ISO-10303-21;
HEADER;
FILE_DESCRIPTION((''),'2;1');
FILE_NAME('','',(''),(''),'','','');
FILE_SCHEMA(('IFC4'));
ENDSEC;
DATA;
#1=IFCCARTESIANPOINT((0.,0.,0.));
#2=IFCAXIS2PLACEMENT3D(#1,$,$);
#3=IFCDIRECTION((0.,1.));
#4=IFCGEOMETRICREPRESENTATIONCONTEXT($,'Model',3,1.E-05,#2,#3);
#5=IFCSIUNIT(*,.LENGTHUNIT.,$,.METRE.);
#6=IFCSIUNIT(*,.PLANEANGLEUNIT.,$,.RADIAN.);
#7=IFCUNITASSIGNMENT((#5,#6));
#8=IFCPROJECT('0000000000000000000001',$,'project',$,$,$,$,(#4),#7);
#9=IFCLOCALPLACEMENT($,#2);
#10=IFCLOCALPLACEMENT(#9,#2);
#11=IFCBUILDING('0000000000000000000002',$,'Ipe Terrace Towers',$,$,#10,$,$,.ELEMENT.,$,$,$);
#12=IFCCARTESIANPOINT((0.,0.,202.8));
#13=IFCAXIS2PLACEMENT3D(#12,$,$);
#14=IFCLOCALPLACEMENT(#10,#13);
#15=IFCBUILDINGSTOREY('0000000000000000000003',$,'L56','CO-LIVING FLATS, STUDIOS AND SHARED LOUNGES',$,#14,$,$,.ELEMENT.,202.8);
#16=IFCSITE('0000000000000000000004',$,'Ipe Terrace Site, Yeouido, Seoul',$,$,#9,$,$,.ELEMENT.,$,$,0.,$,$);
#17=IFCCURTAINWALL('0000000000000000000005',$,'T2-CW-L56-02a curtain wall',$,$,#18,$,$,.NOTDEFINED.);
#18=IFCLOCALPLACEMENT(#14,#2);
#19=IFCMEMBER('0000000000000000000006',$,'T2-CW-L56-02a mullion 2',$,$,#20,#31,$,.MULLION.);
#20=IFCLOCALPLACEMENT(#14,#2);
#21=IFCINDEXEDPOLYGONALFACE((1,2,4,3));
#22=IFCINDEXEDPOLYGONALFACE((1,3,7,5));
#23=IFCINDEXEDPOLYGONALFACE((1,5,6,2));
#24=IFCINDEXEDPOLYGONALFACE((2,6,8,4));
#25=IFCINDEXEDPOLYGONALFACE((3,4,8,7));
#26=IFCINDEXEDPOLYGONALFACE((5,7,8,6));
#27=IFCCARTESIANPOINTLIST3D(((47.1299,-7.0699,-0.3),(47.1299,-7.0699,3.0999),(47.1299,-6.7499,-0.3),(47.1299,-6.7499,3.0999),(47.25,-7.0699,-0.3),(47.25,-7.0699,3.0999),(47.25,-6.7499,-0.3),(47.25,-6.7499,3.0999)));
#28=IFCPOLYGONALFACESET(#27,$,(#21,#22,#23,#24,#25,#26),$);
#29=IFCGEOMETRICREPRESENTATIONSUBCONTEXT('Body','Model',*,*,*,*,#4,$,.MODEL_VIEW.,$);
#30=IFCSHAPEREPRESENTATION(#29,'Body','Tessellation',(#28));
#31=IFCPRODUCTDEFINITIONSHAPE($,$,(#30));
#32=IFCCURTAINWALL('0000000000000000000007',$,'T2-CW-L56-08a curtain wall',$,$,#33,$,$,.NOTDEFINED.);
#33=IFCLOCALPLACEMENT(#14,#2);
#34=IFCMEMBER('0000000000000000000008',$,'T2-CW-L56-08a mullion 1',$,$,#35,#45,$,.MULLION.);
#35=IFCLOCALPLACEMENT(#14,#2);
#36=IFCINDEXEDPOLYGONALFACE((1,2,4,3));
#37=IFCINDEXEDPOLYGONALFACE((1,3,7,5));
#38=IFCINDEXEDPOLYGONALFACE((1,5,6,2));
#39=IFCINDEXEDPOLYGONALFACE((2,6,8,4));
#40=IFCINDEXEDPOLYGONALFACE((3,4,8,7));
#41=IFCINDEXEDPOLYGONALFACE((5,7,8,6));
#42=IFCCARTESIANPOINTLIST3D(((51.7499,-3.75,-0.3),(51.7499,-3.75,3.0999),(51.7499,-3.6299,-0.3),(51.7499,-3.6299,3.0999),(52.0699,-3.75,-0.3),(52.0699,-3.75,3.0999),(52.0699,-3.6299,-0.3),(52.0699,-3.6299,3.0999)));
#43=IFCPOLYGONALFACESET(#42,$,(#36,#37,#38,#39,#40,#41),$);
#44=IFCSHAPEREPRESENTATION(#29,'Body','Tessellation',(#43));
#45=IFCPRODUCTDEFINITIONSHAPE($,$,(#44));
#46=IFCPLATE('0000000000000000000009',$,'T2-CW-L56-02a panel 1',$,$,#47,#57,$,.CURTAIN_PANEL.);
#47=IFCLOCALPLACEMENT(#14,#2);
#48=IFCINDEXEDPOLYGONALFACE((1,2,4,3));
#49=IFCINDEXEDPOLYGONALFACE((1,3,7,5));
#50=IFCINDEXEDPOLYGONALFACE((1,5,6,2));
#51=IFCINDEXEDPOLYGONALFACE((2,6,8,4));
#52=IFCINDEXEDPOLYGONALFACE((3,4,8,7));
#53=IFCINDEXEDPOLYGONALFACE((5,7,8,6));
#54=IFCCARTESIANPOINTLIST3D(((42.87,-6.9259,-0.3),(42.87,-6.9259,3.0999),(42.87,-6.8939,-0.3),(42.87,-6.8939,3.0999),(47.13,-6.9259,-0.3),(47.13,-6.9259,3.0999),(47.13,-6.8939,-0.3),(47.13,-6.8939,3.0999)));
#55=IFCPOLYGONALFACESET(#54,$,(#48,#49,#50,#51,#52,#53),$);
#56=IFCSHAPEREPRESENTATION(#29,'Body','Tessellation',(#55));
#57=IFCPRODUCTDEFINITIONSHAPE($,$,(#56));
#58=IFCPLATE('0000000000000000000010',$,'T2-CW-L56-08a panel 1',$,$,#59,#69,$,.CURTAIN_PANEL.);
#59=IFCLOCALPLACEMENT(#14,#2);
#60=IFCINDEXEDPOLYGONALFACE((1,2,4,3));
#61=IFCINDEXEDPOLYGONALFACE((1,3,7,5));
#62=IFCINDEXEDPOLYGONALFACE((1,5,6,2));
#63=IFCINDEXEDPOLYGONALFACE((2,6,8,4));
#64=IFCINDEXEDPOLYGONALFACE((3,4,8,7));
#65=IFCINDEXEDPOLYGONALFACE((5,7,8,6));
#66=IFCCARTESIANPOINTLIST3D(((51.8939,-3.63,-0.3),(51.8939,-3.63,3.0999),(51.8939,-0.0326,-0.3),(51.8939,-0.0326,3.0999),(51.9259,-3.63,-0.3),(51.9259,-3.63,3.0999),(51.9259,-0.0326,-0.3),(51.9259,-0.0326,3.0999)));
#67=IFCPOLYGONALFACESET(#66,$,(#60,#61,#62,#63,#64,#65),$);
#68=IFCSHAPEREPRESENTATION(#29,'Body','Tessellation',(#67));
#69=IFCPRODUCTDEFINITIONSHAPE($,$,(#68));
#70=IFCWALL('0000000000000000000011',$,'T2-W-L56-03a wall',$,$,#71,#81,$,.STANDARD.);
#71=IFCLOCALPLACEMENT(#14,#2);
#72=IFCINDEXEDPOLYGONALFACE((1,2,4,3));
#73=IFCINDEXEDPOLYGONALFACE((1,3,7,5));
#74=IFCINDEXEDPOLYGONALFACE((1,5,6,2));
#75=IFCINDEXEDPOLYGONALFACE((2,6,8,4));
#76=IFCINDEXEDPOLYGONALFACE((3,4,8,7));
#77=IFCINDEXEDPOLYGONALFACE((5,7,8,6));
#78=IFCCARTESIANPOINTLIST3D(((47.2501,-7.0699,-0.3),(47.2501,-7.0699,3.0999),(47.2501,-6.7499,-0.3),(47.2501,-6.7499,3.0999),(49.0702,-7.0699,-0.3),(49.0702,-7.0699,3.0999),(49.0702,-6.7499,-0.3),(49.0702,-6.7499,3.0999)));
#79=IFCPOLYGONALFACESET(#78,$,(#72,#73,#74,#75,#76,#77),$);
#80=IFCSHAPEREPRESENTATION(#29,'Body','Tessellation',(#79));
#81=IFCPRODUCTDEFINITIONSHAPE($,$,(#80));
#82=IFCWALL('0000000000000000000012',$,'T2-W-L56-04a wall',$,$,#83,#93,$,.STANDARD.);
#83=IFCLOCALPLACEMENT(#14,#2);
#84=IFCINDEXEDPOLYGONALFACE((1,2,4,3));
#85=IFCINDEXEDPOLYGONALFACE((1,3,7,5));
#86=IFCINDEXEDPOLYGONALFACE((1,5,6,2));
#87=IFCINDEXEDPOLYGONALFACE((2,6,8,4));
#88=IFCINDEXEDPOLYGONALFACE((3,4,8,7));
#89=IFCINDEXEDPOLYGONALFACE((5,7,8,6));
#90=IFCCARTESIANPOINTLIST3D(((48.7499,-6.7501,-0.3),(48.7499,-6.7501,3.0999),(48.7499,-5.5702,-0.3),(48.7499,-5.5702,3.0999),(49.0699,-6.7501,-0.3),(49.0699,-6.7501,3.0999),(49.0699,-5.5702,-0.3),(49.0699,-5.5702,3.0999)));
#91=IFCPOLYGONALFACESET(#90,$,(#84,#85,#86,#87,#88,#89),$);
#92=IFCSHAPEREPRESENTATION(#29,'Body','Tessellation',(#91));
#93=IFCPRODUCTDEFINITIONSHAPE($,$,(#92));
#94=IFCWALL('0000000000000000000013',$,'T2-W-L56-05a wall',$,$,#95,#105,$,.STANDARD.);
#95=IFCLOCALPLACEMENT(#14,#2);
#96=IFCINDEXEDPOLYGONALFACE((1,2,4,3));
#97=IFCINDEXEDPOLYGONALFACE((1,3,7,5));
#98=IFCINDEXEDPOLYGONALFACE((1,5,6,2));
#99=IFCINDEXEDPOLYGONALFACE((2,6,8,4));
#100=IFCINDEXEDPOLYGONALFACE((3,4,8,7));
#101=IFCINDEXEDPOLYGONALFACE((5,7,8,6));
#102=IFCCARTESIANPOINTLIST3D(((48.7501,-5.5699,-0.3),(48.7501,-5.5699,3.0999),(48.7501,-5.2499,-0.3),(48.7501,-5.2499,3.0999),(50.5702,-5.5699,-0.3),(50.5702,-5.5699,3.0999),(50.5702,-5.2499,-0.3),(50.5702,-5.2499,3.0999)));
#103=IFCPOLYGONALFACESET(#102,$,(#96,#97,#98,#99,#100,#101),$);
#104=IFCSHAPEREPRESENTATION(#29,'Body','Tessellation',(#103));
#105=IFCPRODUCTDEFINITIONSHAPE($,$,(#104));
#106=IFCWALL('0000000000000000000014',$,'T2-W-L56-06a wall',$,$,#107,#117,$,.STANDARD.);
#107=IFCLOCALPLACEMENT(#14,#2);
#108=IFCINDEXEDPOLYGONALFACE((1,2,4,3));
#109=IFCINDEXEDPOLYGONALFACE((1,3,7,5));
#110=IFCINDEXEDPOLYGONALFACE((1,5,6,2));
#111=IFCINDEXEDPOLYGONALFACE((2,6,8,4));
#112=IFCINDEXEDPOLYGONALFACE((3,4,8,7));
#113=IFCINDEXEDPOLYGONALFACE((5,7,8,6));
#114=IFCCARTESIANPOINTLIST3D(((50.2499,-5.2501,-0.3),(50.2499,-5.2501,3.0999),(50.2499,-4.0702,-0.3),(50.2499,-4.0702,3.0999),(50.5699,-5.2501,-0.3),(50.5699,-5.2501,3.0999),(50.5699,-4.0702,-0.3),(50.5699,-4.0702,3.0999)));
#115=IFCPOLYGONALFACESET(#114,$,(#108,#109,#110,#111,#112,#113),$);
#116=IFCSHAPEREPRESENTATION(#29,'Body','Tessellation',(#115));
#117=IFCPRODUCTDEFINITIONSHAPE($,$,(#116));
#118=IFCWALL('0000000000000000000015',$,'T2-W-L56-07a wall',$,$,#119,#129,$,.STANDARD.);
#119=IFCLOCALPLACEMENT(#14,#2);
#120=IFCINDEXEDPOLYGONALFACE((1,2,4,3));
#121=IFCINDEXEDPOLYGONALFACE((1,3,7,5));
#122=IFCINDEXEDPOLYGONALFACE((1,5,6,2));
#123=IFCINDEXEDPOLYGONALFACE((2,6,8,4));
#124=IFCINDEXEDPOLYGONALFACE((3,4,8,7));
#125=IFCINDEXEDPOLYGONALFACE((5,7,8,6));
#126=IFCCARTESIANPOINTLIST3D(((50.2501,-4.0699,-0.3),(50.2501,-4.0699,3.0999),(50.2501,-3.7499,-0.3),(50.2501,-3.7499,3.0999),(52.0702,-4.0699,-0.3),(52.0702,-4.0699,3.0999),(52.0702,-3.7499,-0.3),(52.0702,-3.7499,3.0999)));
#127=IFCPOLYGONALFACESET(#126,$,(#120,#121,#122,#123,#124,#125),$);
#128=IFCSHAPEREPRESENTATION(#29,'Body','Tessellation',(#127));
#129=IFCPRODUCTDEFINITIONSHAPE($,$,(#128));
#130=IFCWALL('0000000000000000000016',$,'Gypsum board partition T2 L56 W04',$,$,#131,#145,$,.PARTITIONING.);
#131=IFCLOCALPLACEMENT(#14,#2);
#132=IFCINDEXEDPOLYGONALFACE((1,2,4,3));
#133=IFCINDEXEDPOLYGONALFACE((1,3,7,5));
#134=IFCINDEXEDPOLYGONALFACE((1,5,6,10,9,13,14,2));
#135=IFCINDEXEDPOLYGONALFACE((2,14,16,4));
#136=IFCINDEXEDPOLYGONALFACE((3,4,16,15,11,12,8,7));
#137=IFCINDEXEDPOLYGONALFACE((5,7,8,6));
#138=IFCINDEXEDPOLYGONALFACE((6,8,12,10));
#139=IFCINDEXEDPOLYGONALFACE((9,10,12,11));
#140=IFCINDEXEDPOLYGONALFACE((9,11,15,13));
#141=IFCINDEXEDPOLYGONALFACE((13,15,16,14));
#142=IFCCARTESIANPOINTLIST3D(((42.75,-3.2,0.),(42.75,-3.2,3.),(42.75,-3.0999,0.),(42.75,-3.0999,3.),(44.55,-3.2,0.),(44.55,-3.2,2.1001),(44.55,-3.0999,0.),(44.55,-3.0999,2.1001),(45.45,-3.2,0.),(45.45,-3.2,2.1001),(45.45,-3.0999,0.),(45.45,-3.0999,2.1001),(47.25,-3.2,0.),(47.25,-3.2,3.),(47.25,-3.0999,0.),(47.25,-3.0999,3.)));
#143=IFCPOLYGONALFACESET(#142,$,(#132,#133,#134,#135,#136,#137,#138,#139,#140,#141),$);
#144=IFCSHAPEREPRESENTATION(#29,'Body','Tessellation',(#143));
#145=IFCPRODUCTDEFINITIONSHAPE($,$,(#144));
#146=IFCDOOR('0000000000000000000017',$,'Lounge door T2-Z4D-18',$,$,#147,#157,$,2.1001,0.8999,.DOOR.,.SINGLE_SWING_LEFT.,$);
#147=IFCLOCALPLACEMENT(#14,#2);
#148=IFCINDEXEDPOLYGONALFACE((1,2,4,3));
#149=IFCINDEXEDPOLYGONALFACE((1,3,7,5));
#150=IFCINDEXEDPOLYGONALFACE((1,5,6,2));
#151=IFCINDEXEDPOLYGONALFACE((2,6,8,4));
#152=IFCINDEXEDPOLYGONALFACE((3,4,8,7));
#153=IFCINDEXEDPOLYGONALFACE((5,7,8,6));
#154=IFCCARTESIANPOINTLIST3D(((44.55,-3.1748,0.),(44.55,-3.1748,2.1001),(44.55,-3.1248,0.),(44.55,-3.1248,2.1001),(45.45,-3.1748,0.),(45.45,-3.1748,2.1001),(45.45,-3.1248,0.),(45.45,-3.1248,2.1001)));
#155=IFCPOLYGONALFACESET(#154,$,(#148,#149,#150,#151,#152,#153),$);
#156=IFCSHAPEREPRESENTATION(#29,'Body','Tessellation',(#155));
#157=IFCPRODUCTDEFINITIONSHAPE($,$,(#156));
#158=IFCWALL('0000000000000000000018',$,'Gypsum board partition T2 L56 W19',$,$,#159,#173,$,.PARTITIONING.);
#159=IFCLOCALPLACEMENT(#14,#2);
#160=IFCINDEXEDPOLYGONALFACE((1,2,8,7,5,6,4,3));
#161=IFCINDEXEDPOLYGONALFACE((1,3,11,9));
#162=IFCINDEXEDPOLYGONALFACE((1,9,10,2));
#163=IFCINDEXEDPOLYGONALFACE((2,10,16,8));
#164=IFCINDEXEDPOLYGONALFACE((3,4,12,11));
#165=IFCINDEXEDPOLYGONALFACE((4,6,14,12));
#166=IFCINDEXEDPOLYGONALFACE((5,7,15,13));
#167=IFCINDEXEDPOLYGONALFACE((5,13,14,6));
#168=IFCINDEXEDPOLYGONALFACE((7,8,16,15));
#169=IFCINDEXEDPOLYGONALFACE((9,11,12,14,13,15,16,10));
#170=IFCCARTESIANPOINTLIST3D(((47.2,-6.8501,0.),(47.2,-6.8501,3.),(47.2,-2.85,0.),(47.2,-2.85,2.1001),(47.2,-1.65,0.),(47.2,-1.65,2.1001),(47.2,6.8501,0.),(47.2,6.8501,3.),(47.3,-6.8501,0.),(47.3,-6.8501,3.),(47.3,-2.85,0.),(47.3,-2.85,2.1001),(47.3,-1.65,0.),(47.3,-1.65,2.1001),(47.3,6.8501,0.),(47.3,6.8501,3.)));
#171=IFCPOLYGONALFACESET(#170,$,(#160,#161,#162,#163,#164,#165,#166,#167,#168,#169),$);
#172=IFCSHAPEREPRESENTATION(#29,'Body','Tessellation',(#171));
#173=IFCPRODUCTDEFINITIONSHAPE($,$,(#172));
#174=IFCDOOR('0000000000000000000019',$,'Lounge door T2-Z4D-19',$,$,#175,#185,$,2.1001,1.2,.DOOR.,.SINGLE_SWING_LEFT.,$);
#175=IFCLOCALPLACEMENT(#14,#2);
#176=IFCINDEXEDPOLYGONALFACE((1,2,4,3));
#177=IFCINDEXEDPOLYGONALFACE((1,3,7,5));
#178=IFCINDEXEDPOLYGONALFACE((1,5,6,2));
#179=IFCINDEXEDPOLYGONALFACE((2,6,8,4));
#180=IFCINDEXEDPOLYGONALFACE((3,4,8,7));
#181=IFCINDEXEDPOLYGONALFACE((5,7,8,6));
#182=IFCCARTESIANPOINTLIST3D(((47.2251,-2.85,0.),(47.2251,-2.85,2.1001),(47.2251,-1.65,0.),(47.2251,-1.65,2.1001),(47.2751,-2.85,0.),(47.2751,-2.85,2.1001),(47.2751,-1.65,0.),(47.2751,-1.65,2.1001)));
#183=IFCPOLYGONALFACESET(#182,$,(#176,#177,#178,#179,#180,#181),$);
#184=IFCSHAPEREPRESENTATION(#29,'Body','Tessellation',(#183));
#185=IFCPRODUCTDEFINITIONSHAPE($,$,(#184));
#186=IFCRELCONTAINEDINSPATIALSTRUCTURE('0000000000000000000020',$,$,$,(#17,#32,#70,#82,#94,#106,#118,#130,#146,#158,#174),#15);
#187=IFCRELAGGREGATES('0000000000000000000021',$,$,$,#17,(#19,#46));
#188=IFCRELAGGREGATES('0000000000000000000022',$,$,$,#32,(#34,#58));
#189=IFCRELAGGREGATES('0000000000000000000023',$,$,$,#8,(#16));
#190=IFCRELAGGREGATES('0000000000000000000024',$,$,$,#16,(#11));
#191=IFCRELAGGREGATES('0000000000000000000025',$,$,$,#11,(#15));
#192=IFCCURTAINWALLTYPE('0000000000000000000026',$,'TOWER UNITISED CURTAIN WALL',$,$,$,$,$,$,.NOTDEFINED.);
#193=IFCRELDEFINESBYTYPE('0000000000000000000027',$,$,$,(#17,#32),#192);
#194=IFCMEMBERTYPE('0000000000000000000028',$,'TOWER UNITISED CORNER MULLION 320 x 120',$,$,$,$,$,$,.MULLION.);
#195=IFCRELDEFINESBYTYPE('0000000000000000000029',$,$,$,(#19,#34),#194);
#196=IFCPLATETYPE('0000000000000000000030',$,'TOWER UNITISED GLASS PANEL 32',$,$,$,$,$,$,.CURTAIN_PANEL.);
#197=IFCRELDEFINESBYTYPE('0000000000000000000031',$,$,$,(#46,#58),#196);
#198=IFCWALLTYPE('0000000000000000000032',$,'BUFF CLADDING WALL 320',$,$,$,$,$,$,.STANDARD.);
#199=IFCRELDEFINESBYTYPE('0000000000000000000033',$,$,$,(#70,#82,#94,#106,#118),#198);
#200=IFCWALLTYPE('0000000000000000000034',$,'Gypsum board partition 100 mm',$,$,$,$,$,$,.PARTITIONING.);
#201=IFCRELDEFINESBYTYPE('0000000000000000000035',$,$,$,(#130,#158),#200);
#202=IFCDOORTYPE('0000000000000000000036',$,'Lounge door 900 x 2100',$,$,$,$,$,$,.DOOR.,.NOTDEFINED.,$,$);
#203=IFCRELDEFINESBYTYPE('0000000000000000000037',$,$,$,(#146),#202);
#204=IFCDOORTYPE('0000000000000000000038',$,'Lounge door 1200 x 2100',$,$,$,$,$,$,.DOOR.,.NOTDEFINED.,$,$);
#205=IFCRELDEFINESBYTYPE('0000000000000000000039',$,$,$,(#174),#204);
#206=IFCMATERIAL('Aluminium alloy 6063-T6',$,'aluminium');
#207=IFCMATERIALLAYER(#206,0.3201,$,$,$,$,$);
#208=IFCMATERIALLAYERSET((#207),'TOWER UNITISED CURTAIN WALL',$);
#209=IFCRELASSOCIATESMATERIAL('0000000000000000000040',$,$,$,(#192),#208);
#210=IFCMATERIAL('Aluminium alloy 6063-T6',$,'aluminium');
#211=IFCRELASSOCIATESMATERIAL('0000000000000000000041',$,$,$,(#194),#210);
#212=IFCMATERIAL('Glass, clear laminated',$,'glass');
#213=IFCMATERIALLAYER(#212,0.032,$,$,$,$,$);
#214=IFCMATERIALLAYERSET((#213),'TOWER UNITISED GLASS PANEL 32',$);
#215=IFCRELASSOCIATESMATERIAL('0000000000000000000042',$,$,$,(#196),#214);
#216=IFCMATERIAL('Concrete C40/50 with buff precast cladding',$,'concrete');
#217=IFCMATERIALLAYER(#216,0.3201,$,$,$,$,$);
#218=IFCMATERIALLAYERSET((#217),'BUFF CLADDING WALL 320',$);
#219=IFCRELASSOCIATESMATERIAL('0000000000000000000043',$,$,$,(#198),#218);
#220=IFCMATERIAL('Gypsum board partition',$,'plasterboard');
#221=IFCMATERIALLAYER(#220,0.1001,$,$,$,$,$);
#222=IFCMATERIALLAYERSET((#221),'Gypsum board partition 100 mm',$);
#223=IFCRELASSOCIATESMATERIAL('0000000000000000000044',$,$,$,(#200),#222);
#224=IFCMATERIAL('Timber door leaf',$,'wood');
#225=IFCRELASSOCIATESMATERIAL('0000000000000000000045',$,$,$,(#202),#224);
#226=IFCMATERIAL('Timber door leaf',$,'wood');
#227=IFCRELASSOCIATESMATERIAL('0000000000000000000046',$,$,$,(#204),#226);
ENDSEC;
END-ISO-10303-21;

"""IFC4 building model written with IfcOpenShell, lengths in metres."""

from ifc_helpers import new_model, si_unit, direction, frame, frame_2d, origin, origin_2d, place, context, subcontext, project, spatial, rectangle, extrude, material, layer, layer_set, material_profile, profile_set, type_object, element, fill, aggregate, save


model = new_model("IFC4")

# Units and contexts
model_context = context("Model", 3, precision=1e-05, world=origin(), true_north=direction((0.0, 1.0)))
body_context = subcontext(model_context, "Body", "Model", "MODEL_VIEW")
ifc_project = project(units=[si_unit("LENGTHUNIT", "METRE"), si_unit("PLANEANGLEUNIT", "RADIAN")], contexts=[model_context])

# Site, building, storey
site_placement = place(None, origin())
site = spatial("IfcSite", under=ifc_project, at=site_placement, Name="Ipe Terrace Site, Yeouido, Seoul", CompositionType="ELEMENT", RefElevation=0.0)
building_placement = place(site_placement, origin())
building = spatial("IfcBuilding", under=site, at=building_placement, Name="Ipe Terrace Towers", CompositionType="ELEMENT")
storey_placement = place(building_placement, frame((0.0, 0.0, 202.8)))
storey = spatial("IfcBuildingStorey", under=building, at=storey_placement, Name="L56", Description="CO-LIVING FLATS, STUDIOS AND SHARED LOUNGES", CompositionType="ELEMENT", Elevation=202.8)

# Curtain wall, member
ifc_material_1 = material(Name="Aluminium alloy 6063-T6", Category="aluminium")
ifc_layer_1 = layer(ifc_material_1, 0.3201)
ifc_layer_set_1 = layer_set([ifc_layer_1], Name="TOWER UNITISED CURTAIN WALL")
curtain_wall_type = type_object("IfcCurtainWallType", Name="TOWER UNITISED CURTAIN WALL", PredefinedType="NOTDEFINED", material=ifc_layer_set_1)
curtain_wall_1_placement = place(storey_placement, origin())
curtain_wall_1 = element("IfcCurtainWall", 1, at=curtain_wall_1_placement, inside=storey, type_object=curtain_wall_type, Name="T2-CW-L56-02a curtain wall", PredefinedType="NOTDEFINED")
ifc_material_2 = material(Name="Aluminium alloy 6063-T6", Category="aluminium")
ifc_material_profile_1 = material_profile(ifc_material_2, rectangle(XDim=0.3201, YDim=0.1201, at=origin_2d()), Name="TOWER UNITISED CORNER MULLION 320 x 120")
ifc_profile_set_1 = profile_set([ifc_material_profile_1], Name="Aluminium alloy 6063-T6")
member_type = type_object("IfcMemberType", Name="TOWER UNITISED CORNER MULLION 320 x 120", PredefinedType="MULLION", material=ifc_profile_set_1)
member_1_placement = place(storey_placement, frame((47.1899, -6.9099, -0.3), z_axis=(0.0, 0.0, 1.0), x_axis=(0.0, -1.0, 0.0)))
member_1 = element("IfcMember", 2, at=member_1_placement, type_object=member_type, Name="T2-CW-L56-02a mullion 2", PredefinedType="MULLION", context=body_context, shape_type="SweptSolid", body=[
    extrude(rectangle(XDim=0.3201, YDim=0.1201, at=origin_2d()), origin(), (0.0, 0.0, 1.0), 3.3999),
])

# Curtain wall, member
curtain_wall_2_placement = place(storey_placement, origin())
curtain_wall_2 = element("IfcCurtainWall", 3, at=curtain_wall_2_placement, inside=storey, type_object=curtain_wall_type, Name="T2-CW-L56-08a curtain wall", PredefinedType="NOTDEFINED")
member_2_placement = place(storey_placement, frame((51.9099, -3.6899, -0.3), z_axis=(0.0, 0.0, 1.0), x_axis=(1.0, 0.0, 0.0)))
member_2 = element("IfcMember", 4, at=member_2_placement, type_object=member_type, Name="T2-CW-L56-08a mullion 1", PredefinedType="MULLION", context=body_context, shape_type="SweptSolid", body=[
    extrude(rectangle(XDim=0.3201, YDim=0.1201, at=origin_2d()), origin(), (0.0, 0.0, 1.0), 3.3999),
])

# Plates
ifc_material_3 = material(Name="Glass, clear laminated", Category="glass")
ifc_layer_2 = layer(ifc_material_3, 0.032)
ifc_layer_set_2 = layer_set([ifc_layer_2], Name="TOWER UNITISED GLASS PANEL 32")
plate_type = type_object("IfcPlateType", Name="TOWER UNITISED GLASS PANEL 32", PredefinedType="CURTAIN_PANEL", material=ifc_layer_set_2)
plate_1_placement = place(storey_placement, frame((45.0, -6.9099, -0.3), z_axis=(0.0, 0.0, 1.0), x_axis=(1.0, 0.0, 0.0)))
plate_1 = element("IfcPlate", 5, at=plate_1_placement, type_object=plate_type, Name="T2-CW-L56-02a panel 1", PredefinedType="CURTAIN_PANEL", context=body_context, shape_type="SweptSolid", body=[
    extrude(rectangle(XDim=4.26, YDim=0.032, at=origin_2d()), origin(), (0.0, 0.0, 1.0), 3.3999),
])
aggregate(curtain_wall_1, [member_1, plate_1])
plate_2_placement = place(storey_placement, frame((51.9099, -1.8313, -0.3), z_axis=(0.0, 0.0, 1.0), x_axis=(0.0, 1.0, 0.0)))
plate_2 = element("IfcPlate", 6, at=plate_2_placement, type_object=plate_type, Name="T2-CW-L56-08a panel 1", PredefinedType="CURTAIN_PANEL", context=body_context, shape_type="SweptSolid", body=[
    extrude(rectangle(XDim=3.5974, YDim=0.032, at=origin_2d()), origin(), (0.0, 0.0, 1.0), 3.3999),
])
aggregate(curtain_wall_2, [member_2, plate_2])

# Walls
ifc_material_4 = material(Name="Concrete C40/50 with buff precast cladding", Category="concrete")
ifc_layer_3 = layer(ifc_material_4, 0.3201)
ifc_layer_set_3 = layer_set([ifc_layer_3], Name="BUFF CLADDING WALL 320")
wall_type_1 = type_object("IfcWallType", Name="BUFF CLADDING WALL 320", PredefinedType="STANDARD", material=ifc_layer_set_3)
wall_1_placement = place(storey_placement, frame((47.25, -6.9099, -0.3), z_axis=(0.0, 0.0, 1.0), x_axis=(1.0, 0.0, 0.0)))
element("IfcWall", 7, at=wall_1_placement, inside=storey, type_object=wall_type_1, Name="T2-W-L56-03a wall", PredefinedType="STANDARD", context=body_context, shape_type="SweptSolid", body=[
    extrude(rectangle(XDim=1.8201, YDim=0.3201, at=frame_2d((0.9102, 0.0))), origin(), (0.0, 0.0, 1.0), 3.3999),
])
wall_2_placement = place(storey_placement, frame((48.9099, -6.75, -0.3), z_axis=(0.0, 0.0, 1.0), x_axis=(0.0, 1.0, 0.0)))
element("IfcWall", 8, at=wall_2_placement, inside=storey, type_object=wall_type_1, Name="T2-W-L56-04a wall", PredefinedType="STANDARD", context=body_context, shape_type="SweptSolid", body=[
    extrude(rectangle(XDim=1.1799, YDim=0.3201, at=frame_2d((0.5898, 0.0))), origin(), (0.0, 0.0, 1.0), 3.3999),
])
wall_3_placement = place(storey_placement, frame((48.75, -5.4099, -0.3), z_axis=(0.0, 0.0, 1.0), x_axis=(1.0, 0.0, 0.0)))
element("IfcWall", 9, at=wall_3_placement, inside=storey, type_object=wall_type_1, Name="T2-W-L56-05a wall", PredefinedType="STANDARD", context=body_context, shape_type="SweptSolid", body=[
    extrude(rectangle(XDim=1.8201, YDim=0.3201, at=frame_2d((0.9102, 0.0))), origin(), (0.0, 0.0, 1.0), 3.3999),
])
wall_4_placement = place(storey_placement, frame((50.4099, -5.25, -0.3), z_axis=(0.0, 0.0, 1.0), x_axis=(0.0, 1.0, 0.0)))
element("IfcWall", 10, at=wall_4_placement, inside=storey, type_object=wall_type_1, Name="T2-W-L56-06a wall", PredefinedType="STANDARD", context=body_context, shape_type="SweptSolid", body=[
    extrude(rectangle(XDim=1.1799, YDim=0.3201, at=frame_2d((0.5898, 0.0))), origin(), (0.0, 0.0, 1.0), 3.3999),
])
wall_5_placement = place(storey_placement, frame((50.25, -3.9099, -0.3), z_axis=(0.0, 0.0, 1.0), x_axis=(1.0, 0.0, 0.0)))
element("IfcWall", 11, at=wall_5_placement, inside=storey, type_object=wall_type_1, Name="T2-W-L56-07a wall", PredefinedType="STANDARD", context=body_context, shape_type="SweptSolid", body=[
    extrude(rectangle(XDim=1.8201, YDim=0.3201, at=frame_2d((0.9102, 0.0))), origin(), (0.0, 0.0, 1.0), 3.3999),
])

# Walls, openings, doors
ifc_material_5 = material(Name="Gypsum board partition", Category="plasterboard")
ifc_layer_4 = layer(ifc_material_5, 0.1001)
ifc_layer_set_4 = layer_set([ifc_layer_4], Name="Gypsum board partition 100 mm")
wall_type_2 = type_object("IfcWallType", Name="Gypsum board partition 100 mm", PredefinedType="PARTITIONING", material=ifc_layer_set_4)
wall_6_placement = place(storey_placement, frame((47.25, -3.1499, 0.0), z_axis=(0.0, 0.0, 1.0), x_axis=(-1.0, 0.0, 0.0)))
wall_6 = element("IfcWall", 12, at=wall_6_placement, inside=storey, type_object=wall_type_2, Name="Gypsum board partition T2 L56 W04", PredefinedType="PARTITIONING", context=body_context, shape_type="SweptSolid", body=[
    extrude(rectangle(XDim=4.5, YDim=0.1001, at=frame_2d((2.25, 0.0))), origin(), (0.0, 0.0, 1.0), 3.0),
])
opening_1_placement = place(wall_6_placement, frame((1.8, 0.0, 0.0)))
opening_1 = element("IfcOpeningElement", 13, at=opening_1_placement, cuts=wall_6, PredefinedType="OPENING", context=body_context, shape_type="SweptSolid", body=[
    extrude(rectangle(XDim=0.8999, YDim=2.1001, at=frame_2d((0.45, 1.05))), frame((0.0, 0.0601, 0.0), z_axis=(0.0, -1.0, 0.0), x_axis=(1.0, 0.0, 0.0)), (0.0, 0.0, 1.0), 0.1201),
])
ifc_material_6 = material(Name="Timber door leaf", Category="wood")
door_type_1 = type_object("IfcDoorType", Name="Lounge door 900 x 2100", OperationType="NOTDEFINED", PredefinedType="DOOR", material=ifc_material_6)
door_1_placement = place(opening_1_placement, origin())
door_1 = element("IfcDoor", 14, at=door_1_placement, inside=storey, type_object=door_type_1, Name="Lounge door T2-Z4D-18", OperationType="SINGLE_SWING_LEFT", OverallHeight=2.1001, OverallWidth=0.8999, PredefinedType="DOOR", context=body_context, shape_type="SweptSolid", body=[
    extrude(rectangle(XDim=0.8999, YDim=2.1001, at=frame_2d((0.45, 1.05))), frame((0.0, 0.0249, 0.0), z_axis=(0.0, -1.0, 0.0), x_axis=(1.0, 0.0, 0.0)), (0.0, 0.0, 1.0), 0.05),
])
fill(opening_1, door_1)
wall_7_placement = place(storey_placement, frame((47.25, -6.8501, 0.0), z_axis=(0.0, 0.0, 1.0), x_axis=(0.0, 1.0, 0.0)))
wall_7 = element("IfcWall", 15, at=wall_7_placement, inside=storey, type_object=wall_type_2, Name="Gypsum board partition T2 L56 W19", PredefinedType="PARTITIONING", context=body_context, shape_type="SweptSolid", body=[
    extrude(rectangle(XDim=13.7002, YDim=0.1001, at=frame_2d((6.8501, 0.0))), origin(), (0.0, 0.0, 1.0), 3.0),
])
opening_2_placement = place(wall_7_placement, frame((4.0, 0.0, 0.0)))
opening_2 = element("IfcOpeningElement", 16, at=opening_2_placement, cuts=wall_7, PredefinedType="OPENING", context=body_context, shape_type="SweptSolid", body=[
    extrude(rectangle(XDim=1.2, YDim=2.1001, at=frame_2d((0.6001, 1.05))), frame((0.0, 0.0601, 0.0), z_axis=(0.0, -1.0, 0.0), x_axis=(1.0, 0.0, 0.0)), (0.0, 0.0, 1.0), 0.1201),
])
ifc_material_7 = material(Name="Timber door leaf", Category="wood")
door_type_2 = type_object("IfcDoorType", Name="Lounge door 1200 x 2100", OperationType="NOTDEFINED", PredefinedType="DOOR", material=ifc_material_7)
door_2_placement = place(opening_2_placement, origin())
door_2 = element("IfcDoor", 17, at=door_2_placement, inside=storey, type_object=door_type_2, Name="Lounge door T2-Z4D-19", OperationType="SINGLE_SWING_LEFT", OverallHeight=2.1001, OverallWidth=1.2, PredefinedType="DOOR", context=body_context, shape_type="SweptSolid", body=[
    extrude(rectangle(XDim=1.2, YDim=2.1001, at=frame_2d((0.6001, 1.05))), frame((0.0, 0.0249, 0.0), z_axis=(0.0, -1.0, 0.0), x_axis=(1.0, 0.0, 0.0)), (0.0, 0.0, 1.0), 0.05),
])
fill(opening_2, door_2)

save(model, "model.ifc")
